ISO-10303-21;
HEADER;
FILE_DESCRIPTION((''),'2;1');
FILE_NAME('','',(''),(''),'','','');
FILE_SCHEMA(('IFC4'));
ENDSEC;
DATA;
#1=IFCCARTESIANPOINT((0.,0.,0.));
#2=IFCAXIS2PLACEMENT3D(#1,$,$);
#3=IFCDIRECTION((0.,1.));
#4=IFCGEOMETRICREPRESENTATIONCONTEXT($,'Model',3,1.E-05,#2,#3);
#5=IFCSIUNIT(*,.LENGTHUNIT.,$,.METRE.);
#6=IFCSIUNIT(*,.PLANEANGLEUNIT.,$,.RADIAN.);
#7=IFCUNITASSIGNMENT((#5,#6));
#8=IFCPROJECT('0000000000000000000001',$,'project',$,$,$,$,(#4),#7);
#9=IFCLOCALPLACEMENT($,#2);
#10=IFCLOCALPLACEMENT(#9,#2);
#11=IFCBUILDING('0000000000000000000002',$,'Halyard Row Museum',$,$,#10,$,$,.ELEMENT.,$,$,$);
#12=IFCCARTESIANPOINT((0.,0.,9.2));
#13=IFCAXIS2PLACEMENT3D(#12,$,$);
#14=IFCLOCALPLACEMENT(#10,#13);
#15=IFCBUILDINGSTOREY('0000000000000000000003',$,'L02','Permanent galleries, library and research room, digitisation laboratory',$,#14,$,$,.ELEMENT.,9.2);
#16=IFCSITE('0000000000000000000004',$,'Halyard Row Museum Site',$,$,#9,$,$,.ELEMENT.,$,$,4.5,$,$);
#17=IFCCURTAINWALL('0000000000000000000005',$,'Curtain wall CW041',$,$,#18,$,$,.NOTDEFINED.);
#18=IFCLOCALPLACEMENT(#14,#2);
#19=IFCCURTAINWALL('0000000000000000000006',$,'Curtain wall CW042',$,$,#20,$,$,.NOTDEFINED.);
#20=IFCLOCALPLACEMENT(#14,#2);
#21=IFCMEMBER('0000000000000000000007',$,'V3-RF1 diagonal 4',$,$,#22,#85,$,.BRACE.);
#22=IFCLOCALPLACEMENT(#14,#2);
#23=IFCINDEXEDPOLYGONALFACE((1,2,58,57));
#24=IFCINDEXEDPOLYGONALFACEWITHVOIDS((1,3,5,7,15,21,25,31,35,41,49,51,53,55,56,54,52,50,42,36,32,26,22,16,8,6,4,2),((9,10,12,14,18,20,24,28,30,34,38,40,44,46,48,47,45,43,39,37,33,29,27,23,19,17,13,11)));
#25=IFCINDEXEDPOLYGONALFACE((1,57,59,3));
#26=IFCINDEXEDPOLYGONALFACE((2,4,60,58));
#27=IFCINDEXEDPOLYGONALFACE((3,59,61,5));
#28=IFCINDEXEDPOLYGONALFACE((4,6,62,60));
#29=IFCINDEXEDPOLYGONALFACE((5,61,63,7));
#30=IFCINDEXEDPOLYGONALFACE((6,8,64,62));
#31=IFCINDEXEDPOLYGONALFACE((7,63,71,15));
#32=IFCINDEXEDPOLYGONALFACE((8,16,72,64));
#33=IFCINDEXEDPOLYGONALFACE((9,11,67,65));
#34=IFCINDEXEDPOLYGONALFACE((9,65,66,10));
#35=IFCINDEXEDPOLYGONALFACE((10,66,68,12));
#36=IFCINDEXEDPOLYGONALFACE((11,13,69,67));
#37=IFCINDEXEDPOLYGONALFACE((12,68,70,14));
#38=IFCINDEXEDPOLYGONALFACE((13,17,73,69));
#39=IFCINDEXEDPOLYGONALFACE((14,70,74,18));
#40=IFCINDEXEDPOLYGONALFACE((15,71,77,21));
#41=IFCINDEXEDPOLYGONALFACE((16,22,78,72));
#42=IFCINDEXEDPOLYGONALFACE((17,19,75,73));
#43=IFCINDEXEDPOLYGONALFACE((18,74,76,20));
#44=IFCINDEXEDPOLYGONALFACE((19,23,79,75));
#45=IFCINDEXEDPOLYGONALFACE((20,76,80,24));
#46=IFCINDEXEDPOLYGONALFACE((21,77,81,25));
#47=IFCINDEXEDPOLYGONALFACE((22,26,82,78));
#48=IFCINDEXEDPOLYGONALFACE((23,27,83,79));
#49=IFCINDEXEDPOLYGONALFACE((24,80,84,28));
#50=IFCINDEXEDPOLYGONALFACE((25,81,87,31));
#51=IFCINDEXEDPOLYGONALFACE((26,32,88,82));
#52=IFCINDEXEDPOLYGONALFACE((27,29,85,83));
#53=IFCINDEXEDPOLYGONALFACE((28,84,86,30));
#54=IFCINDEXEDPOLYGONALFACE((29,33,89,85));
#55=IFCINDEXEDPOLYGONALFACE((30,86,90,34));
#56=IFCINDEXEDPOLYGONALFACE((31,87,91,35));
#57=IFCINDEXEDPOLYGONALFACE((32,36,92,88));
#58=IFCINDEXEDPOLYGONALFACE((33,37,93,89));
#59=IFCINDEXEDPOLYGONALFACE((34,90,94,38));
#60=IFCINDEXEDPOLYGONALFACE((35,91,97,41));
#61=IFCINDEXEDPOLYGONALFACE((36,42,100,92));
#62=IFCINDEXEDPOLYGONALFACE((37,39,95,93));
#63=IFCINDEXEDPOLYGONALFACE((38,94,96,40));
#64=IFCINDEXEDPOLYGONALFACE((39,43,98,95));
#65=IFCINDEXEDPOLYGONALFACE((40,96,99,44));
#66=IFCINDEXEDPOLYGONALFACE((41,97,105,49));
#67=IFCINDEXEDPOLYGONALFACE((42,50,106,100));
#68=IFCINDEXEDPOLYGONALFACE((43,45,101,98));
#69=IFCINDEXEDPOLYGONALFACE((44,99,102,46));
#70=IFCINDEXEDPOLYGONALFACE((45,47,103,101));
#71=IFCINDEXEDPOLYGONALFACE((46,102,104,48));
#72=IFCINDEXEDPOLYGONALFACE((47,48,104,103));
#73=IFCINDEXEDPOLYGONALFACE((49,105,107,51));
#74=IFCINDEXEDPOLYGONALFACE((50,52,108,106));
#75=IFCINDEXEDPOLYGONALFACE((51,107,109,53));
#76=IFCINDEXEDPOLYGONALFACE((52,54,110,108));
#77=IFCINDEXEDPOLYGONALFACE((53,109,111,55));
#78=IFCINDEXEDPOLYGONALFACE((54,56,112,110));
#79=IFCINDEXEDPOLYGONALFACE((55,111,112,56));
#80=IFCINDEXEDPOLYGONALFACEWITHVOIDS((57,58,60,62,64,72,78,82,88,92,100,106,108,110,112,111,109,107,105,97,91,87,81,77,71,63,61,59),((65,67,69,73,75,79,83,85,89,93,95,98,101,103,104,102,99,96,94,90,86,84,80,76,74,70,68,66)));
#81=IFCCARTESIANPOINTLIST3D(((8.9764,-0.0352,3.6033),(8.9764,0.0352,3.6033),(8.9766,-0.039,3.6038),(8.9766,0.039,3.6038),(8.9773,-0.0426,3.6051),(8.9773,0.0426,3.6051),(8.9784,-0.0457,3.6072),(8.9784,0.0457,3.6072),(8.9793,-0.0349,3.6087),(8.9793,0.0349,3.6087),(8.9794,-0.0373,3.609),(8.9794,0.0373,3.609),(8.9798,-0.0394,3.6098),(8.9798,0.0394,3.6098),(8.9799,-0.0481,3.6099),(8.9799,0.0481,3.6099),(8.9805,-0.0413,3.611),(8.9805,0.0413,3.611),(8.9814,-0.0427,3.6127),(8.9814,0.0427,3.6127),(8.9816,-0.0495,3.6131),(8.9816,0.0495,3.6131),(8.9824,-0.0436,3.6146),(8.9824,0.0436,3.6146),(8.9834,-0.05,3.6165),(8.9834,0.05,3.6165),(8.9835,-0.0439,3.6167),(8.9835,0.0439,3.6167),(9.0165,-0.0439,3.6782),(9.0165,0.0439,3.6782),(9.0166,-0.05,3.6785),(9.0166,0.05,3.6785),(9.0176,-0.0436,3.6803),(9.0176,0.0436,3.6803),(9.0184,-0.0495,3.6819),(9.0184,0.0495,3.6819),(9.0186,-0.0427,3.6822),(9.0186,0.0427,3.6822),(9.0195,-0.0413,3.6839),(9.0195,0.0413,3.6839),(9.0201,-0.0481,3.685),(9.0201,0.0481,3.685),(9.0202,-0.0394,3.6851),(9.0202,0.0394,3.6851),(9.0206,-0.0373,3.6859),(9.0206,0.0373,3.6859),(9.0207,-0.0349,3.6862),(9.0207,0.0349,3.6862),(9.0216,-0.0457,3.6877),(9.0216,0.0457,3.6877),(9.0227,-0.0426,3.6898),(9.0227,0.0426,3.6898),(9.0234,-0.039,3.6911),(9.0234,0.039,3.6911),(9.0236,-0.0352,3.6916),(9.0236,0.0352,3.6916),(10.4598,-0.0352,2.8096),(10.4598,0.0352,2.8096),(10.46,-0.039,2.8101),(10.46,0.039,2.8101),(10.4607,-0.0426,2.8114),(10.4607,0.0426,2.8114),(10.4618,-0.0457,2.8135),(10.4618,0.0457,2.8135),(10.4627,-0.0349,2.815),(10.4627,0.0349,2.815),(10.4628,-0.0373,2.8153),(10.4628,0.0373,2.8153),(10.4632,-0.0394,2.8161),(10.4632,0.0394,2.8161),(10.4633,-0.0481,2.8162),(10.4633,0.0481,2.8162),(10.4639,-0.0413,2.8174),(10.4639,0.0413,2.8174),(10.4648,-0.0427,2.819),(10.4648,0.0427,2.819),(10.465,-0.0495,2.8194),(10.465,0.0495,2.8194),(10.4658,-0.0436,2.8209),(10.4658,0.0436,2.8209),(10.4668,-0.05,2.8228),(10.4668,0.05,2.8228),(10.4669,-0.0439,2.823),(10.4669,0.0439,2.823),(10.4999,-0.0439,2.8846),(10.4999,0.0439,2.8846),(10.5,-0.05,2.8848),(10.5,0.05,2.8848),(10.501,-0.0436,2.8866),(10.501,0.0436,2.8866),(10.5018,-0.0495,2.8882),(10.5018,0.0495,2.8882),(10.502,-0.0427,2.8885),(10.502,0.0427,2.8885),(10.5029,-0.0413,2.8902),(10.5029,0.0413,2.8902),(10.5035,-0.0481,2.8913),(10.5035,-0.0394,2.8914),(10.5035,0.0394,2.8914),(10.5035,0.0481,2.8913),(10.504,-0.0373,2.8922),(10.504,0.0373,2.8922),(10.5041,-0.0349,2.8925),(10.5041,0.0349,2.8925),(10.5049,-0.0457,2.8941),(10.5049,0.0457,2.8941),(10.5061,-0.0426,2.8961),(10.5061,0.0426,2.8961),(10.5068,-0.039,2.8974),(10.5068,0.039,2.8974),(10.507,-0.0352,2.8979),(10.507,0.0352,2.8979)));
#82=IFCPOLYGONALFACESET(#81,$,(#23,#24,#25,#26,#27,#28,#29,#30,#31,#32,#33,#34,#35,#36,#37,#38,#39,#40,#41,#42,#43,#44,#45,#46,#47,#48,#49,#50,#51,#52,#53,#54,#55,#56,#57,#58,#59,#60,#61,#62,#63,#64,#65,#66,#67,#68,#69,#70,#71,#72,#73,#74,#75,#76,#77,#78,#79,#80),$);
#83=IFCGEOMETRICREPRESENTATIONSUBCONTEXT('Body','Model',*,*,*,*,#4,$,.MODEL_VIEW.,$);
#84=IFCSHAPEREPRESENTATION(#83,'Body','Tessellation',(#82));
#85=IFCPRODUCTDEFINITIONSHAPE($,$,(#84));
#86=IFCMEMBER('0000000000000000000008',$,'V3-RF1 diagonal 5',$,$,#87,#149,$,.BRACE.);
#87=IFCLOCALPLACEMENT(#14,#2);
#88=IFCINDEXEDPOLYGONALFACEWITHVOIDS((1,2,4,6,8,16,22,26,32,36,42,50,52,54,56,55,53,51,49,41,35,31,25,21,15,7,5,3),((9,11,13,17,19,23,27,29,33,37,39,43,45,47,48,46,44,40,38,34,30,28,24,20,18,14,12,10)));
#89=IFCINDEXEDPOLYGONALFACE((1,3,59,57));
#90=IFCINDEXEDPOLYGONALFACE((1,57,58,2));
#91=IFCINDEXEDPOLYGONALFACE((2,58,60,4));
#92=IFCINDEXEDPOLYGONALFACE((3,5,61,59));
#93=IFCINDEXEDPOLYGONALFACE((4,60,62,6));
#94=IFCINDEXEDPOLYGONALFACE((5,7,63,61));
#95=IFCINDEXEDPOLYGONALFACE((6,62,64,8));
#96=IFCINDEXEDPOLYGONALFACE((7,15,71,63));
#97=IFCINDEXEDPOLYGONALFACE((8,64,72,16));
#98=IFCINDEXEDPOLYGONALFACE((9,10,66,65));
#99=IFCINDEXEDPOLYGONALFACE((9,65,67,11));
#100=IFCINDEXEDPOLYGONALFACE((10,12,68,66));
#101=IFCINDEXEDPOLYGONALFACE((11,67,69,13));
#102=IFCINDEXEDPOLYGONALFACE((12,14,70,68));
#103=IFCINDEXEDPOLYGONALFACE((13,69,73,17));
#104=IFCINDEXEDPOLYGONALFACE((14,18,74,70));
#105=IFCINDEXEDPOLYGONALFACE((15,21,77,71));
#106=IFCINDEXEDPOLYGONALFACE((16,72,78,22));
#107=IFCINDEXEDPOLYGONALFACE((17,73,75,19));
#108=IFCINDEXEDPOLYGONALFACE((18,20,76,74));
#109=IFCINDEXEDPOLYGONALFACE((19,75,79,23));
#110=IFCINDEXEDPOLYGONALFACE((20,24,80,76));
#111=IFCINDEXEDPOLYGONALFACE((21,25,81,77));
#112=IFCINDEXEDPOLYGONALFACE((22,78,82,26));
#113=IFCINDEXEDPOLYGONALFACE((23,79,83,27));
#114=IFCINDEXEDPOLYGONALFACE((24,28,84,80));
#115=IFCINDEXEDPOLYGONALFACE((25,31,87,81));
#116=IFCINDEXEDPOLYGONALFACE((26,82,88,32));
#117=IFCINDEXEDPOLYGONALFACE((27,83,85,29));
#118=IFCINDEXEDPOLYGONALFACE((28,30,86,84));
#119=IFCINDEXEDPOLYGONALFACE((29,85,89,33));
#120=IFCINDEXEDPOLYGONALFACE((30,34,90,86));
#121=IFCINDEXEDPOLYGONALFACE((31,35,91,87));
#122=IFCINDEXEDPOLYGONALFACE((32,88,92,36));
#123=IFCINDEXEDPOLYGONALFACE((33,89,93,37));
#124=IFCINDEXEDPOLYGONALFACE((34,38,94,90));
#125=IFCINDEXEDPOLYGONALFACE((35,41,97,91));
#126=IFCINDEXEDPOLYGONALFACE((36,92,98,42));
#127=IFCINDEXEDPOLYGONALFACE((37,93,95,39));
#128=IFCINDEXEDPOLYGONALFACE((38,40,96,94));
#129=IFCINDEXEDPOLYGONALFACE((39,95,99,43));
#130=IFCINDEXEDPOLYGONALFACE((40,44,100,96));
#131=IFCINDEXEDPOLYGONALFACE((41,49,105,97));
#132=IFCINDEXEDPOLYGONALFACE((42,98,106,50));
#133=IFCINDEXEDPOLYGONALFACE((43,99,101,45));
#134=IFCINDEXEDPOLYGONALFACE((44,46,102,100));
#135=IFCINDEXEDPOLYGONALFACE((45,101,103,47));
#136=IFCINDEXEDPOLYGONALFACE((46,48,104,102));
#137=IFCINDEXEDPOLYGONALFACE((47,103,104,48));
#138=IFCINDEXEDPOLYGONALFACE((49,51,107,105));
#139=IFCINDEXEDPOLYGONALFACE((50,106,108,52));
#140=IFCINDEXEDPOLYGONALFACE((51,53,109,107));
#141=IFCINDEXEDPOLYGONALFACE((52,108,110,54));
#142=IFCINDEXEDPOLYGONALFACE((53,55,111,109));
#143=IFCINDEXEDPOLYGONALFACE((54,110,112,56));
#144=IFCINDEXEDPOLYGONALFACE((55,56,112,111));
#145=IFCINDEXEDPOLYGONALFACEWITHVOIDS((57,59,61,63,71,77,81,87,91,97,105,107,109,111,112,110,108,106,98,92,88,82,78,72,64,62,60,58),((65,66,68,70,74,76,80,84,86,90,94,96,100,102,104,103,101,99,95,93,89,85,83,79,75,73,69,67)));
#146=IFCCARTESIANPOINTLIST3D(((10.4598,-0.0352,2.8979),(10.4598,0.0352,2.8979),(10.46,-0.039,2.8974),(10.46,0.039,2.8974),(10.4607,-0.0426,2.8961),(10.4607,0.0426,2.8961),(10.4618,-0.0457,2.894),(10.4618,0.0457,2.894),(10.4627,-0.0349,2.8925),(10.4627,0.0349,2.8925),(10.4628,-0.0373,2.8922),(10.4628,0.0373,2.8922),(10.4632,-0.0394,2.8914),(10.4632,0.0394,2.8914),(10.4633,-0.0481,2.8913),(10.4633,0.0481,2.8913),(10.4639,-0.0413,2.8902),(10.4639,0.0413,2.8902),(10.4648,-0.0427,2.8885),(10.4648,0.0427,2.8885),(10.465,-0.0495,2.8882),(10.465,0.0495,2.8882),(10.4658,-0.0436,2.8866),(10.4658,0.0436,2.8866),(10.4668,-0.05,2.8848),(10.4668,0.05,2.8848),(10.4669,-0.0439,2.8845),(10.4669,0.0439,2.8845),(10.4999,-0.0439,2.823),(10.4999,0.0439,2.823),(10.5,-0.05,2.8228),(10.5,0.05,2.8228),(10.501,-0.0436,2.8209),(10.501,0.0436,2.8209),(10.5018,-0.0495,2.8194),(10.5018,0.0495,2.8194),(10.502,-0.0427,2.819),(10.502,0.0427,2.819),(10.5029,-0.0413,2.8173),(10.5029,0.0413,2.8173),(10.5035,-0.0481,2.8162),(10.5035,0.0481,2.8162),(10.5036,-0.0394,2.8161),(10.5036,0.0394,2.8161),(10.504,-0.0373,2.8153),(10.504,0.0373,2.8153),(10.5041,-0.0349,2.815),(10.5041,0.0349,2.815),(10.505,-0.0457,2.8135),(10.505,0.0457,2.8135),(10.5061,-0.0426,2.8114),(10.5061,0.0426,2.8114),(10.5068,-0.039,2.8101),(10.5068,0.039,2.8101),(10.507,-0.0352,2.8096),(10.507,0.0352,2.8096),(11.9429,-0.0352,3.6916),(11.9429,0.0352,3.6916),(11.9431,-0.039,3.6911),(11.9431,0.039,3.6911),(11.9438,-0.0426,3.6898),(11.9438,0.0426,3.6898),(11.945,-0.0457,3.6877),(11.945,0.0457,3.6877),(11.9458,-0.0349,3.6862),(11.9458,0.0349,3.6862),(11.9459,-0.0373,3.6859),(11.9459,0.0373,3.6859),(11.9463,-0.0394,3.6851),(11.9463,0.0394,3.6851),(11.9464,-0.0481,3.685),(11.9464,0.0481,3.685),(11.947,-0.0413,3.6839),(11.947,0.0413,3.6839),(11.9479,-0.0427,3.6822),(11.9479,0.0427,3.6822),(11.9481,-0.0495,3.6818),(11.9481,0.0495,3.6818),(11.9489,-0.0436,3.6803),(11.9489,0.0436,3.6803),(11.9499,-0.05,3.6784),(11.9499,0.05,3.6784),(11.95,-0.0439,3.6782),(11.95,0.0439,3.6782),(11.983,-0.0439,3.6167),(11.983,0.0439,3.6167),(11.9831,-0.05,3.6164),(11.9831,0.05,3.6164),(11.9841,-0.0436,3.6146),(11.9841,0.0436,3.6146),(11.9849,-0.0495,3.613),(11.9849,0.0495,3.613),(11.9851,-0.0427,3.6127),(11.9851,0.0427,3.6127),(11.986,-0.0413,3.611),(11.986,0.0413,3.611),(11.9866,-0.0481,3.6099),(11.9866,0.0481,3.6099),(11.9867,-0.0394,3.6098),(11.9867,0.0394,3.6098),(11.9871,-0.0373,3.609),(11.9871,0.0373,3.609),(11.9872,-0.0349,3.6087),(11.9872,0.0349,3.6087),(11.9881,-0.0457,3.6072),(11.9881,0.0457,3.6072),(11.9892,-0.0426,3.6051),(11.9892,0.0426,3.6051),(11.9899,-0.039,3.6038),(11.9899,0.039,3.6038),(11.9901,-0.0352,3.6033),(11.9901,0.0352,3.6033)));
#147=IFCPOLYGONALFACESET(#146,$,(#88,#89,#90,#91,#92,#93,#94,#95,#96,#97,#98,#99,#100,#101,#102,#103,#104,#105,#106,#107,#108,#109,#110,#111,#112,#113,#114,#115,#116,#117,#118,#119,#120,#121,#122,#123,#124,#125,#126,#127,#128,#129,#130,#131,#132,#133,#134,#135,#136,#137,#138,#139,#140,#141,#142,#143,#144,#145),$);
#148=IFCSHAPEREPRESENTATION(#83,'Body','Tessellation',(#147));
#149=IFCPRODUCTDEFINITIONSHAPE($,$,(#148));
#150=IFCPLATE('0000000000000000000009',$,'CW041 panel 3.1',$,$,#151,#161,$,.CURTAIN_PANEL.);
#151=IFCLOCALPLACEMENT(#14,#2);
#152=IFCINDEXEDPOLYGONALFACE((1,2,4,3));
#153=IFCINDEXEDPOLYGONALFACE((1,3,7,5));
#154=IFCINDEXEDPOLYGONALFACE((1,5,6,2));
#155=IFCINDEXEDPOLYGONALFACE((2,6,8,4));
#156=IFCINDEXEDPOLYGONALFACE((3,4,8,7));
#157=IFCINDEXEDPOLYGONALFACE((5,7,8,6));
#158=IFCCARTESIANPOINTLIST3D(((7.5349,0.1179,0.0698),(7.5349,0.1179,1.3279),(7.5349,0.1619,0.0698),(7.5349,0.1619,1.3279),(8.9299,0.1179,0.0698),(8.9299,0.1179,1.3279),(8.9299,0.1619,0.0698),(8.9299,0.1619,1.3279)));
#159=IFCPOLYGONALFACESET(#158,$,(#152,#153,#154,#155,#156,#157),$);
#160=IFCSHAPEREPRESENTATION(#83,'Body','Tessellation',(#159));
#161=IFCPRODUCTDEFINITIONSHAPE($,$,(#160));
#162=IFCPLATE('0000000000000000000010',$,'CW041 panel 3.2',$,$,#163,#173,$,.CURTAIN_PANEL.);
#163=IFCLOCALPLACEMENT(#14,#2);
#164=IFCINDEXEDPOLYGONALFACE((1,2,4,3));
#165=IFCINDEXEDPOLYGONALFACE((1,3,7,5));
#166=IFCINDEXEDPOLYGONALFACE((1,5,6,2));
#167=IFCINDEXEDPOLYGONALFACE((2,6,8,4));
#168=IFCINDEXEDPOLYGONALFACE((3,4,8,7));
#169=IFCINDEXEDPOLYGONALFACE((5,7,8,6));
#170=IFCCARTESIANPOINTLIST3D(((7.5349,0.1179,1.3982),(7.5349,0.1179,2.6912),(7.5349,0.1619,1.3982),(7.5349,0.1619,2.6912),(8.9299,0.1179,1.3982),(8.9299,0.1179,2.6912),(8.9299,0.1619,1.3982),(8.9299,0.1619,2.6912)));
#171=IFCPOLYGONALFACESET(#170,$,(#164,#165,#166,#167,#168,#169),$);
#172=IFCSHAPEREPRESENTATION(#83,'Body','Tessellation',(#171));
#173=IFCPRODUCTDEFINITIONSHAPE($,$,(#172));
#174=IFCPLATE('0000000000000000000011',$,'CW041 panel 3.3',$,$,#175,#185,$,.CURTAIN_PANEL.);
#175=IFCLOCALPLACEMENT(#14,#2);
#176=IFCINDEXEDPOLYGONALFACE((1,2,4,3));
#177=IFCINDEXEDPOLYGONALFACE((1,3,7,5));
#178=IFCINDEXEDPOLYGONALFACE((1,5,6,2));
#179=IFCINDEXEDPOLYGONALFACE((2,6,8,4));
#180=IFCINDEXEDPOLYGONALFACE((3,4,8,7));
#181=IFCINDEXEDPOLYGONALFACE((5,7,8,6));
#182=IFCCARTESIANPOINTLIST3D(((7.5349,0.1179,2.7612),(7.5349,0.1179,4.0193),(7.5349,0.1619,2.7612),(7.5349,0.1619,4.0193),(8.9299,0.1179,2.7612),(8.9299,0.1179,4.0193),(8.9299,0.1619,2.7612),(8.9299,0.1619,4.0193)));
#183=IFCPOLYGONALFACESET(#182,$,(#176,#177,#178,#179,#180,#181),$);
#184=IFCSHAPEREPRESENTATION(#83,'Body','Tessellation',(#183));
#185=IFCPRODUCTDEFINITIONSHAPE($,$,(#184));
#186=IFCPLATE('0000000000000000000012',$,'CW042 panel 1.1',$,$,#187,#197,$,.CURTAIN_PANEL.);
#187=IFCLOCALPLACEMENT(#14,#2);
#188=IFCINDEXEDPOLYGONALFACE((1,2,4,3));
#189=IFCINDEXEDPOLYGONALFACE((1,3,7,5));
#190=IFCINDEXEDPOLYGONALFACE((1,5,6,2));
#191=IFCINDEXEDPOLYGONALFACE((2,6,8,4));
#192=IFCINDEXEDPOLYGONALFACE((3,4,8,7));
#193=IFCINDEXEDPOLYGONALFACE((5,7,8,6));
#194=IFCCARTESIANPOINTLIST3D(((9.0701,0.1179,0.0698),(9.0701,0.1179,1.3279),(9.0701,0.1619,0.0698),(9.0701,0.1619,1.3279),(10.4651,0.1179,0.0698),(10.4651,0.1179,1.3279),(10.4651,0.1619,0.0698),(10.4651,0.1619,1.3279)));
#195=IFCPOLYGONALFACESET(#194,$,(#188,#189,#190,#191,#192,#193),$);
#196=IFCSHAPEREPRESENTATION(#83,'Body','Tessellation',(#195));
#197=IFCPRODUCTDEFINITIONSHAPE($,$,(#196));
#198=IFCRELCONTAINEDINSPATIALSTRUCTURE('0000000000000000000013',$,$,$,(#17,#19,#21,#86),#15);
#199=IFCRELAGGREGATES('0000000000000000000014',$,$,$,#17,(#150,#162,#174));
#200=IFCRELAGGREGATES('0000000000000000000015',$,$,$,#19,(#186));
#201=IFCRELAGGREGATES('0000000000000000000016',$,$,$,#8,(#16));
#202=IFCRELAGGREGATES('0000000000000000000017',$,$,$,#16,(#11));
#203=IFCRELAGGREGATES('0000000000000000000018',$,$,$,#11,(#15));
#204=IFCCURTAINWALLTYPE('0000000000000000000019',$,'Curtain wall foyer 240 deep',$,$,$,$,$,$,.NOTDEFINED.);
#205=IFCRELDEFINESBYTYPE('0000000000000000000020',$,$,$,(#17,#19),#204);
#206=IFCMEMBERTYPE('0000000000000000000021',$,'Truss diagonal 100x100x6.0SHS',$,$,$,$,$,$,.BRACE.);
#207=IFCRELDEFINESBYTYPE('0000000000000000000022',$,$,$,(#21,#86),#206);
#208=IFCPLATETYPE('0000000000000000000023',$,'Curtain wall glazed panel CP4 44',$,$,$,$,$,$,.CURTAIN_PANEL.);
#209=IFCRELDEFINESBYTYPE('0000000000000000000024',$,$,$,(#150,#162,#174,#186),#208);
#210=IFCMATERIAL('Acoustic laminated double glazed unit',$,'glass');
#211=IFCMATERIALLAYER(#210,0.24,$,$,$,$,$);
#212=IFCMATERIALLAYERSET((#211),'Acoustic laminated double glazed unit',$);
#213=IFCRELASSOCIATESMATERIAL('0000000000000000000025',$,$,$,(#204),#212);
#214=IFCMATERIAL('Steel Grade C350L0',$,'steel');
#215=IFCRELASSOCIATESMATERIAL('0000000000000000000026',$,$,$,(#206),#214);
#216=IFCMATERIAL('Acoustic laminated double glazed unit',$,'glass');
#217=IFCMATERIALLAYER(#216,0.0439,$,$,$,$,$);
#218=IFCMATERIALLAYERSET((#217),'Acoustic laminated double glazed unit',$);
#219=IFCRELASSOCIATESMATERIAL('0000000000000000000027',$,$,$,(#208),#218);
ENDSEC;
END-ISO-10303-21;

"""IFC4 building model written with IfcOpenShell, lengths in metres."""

from ifc_helpers import new_model, si_unit, direction, frame, origin, origin_2d, place, context, subcontext, project, spatial, rectangle, hollow_rectangle, extrude, material, layer, layer_set, material_profile, profile_set, type_object, element, aggregate, save


model = new_model("IFC4")

# Units and contexts
model_context = context("Model", 3, precision=1e-05, world=origin(), true_north=direction((0.0, 1.0)))
body_context = subcontext(model_context, "Body", "Model", "MODEL_VIEW")
ifc_project = project(units=[si_unit("LENGTHUNIT", "METRE"), si_unit("PLANEANGLEUNIT", "RADIAN")], contexts=[model_context])

# Site, building, storey
site_placement = place(None, origin())
site = spatial("IfcSite", under=ifc_project, at=site_placement, Name="Halyard Row Museum Site", CompositionType="ELEMENT", RefElevation=4.5)
building_placement = place(site_placement, origin())
building = spatial("IfcBuilding", under=site, at=building_placement, Name="Halyard Row Museum", CompositionType="ELEMENT")
storey_placement = place(building_placement, frame((0.0, 0.0, 9.2)))
storey = spatial("IfcBuildingStorey", under=building, at=storey_placement, Name="L02", Description="Permanent galleries, library and research room, digitisation laboratory", CompositionType="ELEMENT", Elevation=9.2)

# Curtain walls
ifc_material_1 = material(Name="Acoustic laminated double glazed unit", Category="glass")
ifc_layer_1 = layer(ifc_material_1, 0.24)
ifc_layer_set_1 = layer_set([ifc_layer_1], Name="Acoustic laminated double glazed unit")
curtain_wall_type = type_object("IfcCurtainWallType", Name="Curtain wall foyer 240 deep", PredefinedType="NOTDEFINED", material=ifc_layer_set_1)
curtain_wall_1_placement = place(storey_placement, origin())
curtain_wall_1 = element("IfcCurtainWall", 1, at=curtain_wall_1_placement, inside=storey, type_object=curtain_wall_type, Name="Curtain wall CW041", PredefinedType="NOTDEFINED")
curtain_wall_2_placement = place(storey_placement, origin())
curtain_wall_2 = element("IfcCurtainWall", 2, at=curtain_wall_2_placement, inside=storey, type_object=curtain_wall_type, Name="Curtain wall CW042", PredefinedType="NOTDEFINED")

# Members
ifc_material_2 = material(Name="Steel Grade C350L0", Category="steel")
ifc_material_profile_1 = material_profile(ifc_material_2, hollow_rectangle(XDim=0.1001, YDim=0.1001, WallThickness=0.0061, InnerFilletRadius=0.009, OuterFilletRadius=0.0149, at=origin_2d()), Name="100x100x6.0SHS")
ifc_profile_set_1 = profile_set([ifc_material_profile_1], Name="Steel Grade C350L0")
member_type_1 = type_object("IfcMemberType", Name="Truss diagonal 100x100x6.0SHS", PredefinedType="BRACE", material=ifc_profile_set_1)
for number, where, z_axis, x_axis, name in (
    (3, (9.0, 0.0, 3.6475), (0.881721, 0.0, -0.47177), (0.0, 1.0, 0.0), "V3-RF1 diagonal 4"),
):
    element("IfcMember", number, at=place(storey_placement, frame(where, z_axis=z_axis, x_axis=x_axis)), inside=storey, type_object=member_type_1, Name=name, PredefinedType="BRACE", context=body_context, shape_type="SweptSolid", body=[
        extrude(hollow_rectangle(XDim=0.1001, YDim=0.1001, WallThickness=0.0061, InnerFilletRadius=0.009, OuterFilletRadius=0.0149, at=origin_2d()), origin(), (0.0, 0.0, 1.0), 1.6824),
    ])
member_1_placement = place(storey_placement, frame((10.4834, 0.0, 2.8538), z_axis=(0.881689, 0.0, 0.471831), x_axis=(0.0, 1.0, 0.0)))
element("IfcMember", 4, at=member_1_placement, inside=storey, type_object=member_type_1, Name="V3-RF1 diagonal 5", PredefinedType="BRACE", context=body_context, shape_type="SweptSolid", body=[
    extrude(hollow_rectangle(XDim=0.1001, YDim=0.1001, WallThickness=0.0061, InnerFilletRadius=0.009, OuterFilletRadius=0.0149, at=origin_2d()), origin(), (0.0, 0.0, 1.0), 1.6821),
])

# Plates
ifc_material_3 = material(Name="Acoustic laminated double glazed unit", Category="glass")
ifc_layer_2 = layer(ifc_material_3, 0.0439)
ifc_layer_set_2 = layer_set([ifc_layer_2], Name="Acoustic laminated double glazed unit")
plate_type = type_object("IfcPlateType", Name="Curtain wall glazed panel CP4 44", PredefinedType="CURTAIN_PANEL", material=ifc_layer_set_2)
plate_1_placement = place(storey_placement, frame((8.2324, 0.1399, 0.0698), z_axis=(0.0, 0.0, 1.0), x_axis=(1.0, 0.0, 0.0)))
plate_1 = element("IfcPlate", 5, at=plate_1_placement, type_object=plate_type, Name="CW041 panel 3.1", PredefinedType="CURTAIN_PANEL", context=body_context, shape_type="SweptSolid", body=[
    extrude(rectangle(XDim=1.395, YDim=0.0439, at=origin_2d()), origin(), (0.0, 0.0, 1.0), 1.2581),
])
plate_2_placement = place(storey_placement, frame((8.2324, 0.1399, 1.3982), z_axis=(0.0, 0.0, 1.0), x_axis=(1.0, 0.0, 0.0)))
plate_2 = element("IfcPlate", 6, at=plate_2_placement, type_object=plate_type, Name="CW041 panel 3.2", PredefinedType="CURTAIN_PANEL", context=body_context, shape_type="SweptSolid", body=[
    extrude(rectangle(XDim=1.395, YDim=0.0439, at=origin_2d()), origin(), (0.0, 0.0, 1.0), 1.293),
])
plate_3_placement = place(storey_placement, frame((8.2324, 0.1399, 2.7612), z_axis=(0.0, 0.0, 1.0), x_axis=(1.0, 0.0, 0.0)))
plate_3 = element("IfcPlate", 7, at=plate_3_placement, type_object=plate_type, Name="CW041 panel 3.3", PredefinedType="CURTAIN_PANEL", context=body_context, shape_type="SweptSolid", body=[
    extrude(rectangle(XDim=1.395, YDim=0.0439, at=origin_2d()), origin(), (0.0, 0.0, 1.0), 1.2581),
])
aggregate(curtain_wall_1, [plate_1, plate_2, plate_3])
plate_4_placement = place(storey_placement, frame((9.7676, 0.1399, 0.0698), z_axis=(0.0, 0.0, 1.0), x_axis=(1.0, 0.0, 0.0)))
plate_4 = element("IfcPlate", 8, at=plate_4_placement, type_object=plate_type, Name="CW042 panel 1.1", PredefinedType="CURTAIN_PANEL", context=body_context, shape_type="SweptSolid", body=[
    extrude(rectangle(XDim=1.395, YDim=0.0439, at=origin_2d()), origin(), (0.0, 0.0, 1.0), 1.2581),
])
aggregate(curtain_wall_2, [plate_4])

save(model, "model.ifc")
